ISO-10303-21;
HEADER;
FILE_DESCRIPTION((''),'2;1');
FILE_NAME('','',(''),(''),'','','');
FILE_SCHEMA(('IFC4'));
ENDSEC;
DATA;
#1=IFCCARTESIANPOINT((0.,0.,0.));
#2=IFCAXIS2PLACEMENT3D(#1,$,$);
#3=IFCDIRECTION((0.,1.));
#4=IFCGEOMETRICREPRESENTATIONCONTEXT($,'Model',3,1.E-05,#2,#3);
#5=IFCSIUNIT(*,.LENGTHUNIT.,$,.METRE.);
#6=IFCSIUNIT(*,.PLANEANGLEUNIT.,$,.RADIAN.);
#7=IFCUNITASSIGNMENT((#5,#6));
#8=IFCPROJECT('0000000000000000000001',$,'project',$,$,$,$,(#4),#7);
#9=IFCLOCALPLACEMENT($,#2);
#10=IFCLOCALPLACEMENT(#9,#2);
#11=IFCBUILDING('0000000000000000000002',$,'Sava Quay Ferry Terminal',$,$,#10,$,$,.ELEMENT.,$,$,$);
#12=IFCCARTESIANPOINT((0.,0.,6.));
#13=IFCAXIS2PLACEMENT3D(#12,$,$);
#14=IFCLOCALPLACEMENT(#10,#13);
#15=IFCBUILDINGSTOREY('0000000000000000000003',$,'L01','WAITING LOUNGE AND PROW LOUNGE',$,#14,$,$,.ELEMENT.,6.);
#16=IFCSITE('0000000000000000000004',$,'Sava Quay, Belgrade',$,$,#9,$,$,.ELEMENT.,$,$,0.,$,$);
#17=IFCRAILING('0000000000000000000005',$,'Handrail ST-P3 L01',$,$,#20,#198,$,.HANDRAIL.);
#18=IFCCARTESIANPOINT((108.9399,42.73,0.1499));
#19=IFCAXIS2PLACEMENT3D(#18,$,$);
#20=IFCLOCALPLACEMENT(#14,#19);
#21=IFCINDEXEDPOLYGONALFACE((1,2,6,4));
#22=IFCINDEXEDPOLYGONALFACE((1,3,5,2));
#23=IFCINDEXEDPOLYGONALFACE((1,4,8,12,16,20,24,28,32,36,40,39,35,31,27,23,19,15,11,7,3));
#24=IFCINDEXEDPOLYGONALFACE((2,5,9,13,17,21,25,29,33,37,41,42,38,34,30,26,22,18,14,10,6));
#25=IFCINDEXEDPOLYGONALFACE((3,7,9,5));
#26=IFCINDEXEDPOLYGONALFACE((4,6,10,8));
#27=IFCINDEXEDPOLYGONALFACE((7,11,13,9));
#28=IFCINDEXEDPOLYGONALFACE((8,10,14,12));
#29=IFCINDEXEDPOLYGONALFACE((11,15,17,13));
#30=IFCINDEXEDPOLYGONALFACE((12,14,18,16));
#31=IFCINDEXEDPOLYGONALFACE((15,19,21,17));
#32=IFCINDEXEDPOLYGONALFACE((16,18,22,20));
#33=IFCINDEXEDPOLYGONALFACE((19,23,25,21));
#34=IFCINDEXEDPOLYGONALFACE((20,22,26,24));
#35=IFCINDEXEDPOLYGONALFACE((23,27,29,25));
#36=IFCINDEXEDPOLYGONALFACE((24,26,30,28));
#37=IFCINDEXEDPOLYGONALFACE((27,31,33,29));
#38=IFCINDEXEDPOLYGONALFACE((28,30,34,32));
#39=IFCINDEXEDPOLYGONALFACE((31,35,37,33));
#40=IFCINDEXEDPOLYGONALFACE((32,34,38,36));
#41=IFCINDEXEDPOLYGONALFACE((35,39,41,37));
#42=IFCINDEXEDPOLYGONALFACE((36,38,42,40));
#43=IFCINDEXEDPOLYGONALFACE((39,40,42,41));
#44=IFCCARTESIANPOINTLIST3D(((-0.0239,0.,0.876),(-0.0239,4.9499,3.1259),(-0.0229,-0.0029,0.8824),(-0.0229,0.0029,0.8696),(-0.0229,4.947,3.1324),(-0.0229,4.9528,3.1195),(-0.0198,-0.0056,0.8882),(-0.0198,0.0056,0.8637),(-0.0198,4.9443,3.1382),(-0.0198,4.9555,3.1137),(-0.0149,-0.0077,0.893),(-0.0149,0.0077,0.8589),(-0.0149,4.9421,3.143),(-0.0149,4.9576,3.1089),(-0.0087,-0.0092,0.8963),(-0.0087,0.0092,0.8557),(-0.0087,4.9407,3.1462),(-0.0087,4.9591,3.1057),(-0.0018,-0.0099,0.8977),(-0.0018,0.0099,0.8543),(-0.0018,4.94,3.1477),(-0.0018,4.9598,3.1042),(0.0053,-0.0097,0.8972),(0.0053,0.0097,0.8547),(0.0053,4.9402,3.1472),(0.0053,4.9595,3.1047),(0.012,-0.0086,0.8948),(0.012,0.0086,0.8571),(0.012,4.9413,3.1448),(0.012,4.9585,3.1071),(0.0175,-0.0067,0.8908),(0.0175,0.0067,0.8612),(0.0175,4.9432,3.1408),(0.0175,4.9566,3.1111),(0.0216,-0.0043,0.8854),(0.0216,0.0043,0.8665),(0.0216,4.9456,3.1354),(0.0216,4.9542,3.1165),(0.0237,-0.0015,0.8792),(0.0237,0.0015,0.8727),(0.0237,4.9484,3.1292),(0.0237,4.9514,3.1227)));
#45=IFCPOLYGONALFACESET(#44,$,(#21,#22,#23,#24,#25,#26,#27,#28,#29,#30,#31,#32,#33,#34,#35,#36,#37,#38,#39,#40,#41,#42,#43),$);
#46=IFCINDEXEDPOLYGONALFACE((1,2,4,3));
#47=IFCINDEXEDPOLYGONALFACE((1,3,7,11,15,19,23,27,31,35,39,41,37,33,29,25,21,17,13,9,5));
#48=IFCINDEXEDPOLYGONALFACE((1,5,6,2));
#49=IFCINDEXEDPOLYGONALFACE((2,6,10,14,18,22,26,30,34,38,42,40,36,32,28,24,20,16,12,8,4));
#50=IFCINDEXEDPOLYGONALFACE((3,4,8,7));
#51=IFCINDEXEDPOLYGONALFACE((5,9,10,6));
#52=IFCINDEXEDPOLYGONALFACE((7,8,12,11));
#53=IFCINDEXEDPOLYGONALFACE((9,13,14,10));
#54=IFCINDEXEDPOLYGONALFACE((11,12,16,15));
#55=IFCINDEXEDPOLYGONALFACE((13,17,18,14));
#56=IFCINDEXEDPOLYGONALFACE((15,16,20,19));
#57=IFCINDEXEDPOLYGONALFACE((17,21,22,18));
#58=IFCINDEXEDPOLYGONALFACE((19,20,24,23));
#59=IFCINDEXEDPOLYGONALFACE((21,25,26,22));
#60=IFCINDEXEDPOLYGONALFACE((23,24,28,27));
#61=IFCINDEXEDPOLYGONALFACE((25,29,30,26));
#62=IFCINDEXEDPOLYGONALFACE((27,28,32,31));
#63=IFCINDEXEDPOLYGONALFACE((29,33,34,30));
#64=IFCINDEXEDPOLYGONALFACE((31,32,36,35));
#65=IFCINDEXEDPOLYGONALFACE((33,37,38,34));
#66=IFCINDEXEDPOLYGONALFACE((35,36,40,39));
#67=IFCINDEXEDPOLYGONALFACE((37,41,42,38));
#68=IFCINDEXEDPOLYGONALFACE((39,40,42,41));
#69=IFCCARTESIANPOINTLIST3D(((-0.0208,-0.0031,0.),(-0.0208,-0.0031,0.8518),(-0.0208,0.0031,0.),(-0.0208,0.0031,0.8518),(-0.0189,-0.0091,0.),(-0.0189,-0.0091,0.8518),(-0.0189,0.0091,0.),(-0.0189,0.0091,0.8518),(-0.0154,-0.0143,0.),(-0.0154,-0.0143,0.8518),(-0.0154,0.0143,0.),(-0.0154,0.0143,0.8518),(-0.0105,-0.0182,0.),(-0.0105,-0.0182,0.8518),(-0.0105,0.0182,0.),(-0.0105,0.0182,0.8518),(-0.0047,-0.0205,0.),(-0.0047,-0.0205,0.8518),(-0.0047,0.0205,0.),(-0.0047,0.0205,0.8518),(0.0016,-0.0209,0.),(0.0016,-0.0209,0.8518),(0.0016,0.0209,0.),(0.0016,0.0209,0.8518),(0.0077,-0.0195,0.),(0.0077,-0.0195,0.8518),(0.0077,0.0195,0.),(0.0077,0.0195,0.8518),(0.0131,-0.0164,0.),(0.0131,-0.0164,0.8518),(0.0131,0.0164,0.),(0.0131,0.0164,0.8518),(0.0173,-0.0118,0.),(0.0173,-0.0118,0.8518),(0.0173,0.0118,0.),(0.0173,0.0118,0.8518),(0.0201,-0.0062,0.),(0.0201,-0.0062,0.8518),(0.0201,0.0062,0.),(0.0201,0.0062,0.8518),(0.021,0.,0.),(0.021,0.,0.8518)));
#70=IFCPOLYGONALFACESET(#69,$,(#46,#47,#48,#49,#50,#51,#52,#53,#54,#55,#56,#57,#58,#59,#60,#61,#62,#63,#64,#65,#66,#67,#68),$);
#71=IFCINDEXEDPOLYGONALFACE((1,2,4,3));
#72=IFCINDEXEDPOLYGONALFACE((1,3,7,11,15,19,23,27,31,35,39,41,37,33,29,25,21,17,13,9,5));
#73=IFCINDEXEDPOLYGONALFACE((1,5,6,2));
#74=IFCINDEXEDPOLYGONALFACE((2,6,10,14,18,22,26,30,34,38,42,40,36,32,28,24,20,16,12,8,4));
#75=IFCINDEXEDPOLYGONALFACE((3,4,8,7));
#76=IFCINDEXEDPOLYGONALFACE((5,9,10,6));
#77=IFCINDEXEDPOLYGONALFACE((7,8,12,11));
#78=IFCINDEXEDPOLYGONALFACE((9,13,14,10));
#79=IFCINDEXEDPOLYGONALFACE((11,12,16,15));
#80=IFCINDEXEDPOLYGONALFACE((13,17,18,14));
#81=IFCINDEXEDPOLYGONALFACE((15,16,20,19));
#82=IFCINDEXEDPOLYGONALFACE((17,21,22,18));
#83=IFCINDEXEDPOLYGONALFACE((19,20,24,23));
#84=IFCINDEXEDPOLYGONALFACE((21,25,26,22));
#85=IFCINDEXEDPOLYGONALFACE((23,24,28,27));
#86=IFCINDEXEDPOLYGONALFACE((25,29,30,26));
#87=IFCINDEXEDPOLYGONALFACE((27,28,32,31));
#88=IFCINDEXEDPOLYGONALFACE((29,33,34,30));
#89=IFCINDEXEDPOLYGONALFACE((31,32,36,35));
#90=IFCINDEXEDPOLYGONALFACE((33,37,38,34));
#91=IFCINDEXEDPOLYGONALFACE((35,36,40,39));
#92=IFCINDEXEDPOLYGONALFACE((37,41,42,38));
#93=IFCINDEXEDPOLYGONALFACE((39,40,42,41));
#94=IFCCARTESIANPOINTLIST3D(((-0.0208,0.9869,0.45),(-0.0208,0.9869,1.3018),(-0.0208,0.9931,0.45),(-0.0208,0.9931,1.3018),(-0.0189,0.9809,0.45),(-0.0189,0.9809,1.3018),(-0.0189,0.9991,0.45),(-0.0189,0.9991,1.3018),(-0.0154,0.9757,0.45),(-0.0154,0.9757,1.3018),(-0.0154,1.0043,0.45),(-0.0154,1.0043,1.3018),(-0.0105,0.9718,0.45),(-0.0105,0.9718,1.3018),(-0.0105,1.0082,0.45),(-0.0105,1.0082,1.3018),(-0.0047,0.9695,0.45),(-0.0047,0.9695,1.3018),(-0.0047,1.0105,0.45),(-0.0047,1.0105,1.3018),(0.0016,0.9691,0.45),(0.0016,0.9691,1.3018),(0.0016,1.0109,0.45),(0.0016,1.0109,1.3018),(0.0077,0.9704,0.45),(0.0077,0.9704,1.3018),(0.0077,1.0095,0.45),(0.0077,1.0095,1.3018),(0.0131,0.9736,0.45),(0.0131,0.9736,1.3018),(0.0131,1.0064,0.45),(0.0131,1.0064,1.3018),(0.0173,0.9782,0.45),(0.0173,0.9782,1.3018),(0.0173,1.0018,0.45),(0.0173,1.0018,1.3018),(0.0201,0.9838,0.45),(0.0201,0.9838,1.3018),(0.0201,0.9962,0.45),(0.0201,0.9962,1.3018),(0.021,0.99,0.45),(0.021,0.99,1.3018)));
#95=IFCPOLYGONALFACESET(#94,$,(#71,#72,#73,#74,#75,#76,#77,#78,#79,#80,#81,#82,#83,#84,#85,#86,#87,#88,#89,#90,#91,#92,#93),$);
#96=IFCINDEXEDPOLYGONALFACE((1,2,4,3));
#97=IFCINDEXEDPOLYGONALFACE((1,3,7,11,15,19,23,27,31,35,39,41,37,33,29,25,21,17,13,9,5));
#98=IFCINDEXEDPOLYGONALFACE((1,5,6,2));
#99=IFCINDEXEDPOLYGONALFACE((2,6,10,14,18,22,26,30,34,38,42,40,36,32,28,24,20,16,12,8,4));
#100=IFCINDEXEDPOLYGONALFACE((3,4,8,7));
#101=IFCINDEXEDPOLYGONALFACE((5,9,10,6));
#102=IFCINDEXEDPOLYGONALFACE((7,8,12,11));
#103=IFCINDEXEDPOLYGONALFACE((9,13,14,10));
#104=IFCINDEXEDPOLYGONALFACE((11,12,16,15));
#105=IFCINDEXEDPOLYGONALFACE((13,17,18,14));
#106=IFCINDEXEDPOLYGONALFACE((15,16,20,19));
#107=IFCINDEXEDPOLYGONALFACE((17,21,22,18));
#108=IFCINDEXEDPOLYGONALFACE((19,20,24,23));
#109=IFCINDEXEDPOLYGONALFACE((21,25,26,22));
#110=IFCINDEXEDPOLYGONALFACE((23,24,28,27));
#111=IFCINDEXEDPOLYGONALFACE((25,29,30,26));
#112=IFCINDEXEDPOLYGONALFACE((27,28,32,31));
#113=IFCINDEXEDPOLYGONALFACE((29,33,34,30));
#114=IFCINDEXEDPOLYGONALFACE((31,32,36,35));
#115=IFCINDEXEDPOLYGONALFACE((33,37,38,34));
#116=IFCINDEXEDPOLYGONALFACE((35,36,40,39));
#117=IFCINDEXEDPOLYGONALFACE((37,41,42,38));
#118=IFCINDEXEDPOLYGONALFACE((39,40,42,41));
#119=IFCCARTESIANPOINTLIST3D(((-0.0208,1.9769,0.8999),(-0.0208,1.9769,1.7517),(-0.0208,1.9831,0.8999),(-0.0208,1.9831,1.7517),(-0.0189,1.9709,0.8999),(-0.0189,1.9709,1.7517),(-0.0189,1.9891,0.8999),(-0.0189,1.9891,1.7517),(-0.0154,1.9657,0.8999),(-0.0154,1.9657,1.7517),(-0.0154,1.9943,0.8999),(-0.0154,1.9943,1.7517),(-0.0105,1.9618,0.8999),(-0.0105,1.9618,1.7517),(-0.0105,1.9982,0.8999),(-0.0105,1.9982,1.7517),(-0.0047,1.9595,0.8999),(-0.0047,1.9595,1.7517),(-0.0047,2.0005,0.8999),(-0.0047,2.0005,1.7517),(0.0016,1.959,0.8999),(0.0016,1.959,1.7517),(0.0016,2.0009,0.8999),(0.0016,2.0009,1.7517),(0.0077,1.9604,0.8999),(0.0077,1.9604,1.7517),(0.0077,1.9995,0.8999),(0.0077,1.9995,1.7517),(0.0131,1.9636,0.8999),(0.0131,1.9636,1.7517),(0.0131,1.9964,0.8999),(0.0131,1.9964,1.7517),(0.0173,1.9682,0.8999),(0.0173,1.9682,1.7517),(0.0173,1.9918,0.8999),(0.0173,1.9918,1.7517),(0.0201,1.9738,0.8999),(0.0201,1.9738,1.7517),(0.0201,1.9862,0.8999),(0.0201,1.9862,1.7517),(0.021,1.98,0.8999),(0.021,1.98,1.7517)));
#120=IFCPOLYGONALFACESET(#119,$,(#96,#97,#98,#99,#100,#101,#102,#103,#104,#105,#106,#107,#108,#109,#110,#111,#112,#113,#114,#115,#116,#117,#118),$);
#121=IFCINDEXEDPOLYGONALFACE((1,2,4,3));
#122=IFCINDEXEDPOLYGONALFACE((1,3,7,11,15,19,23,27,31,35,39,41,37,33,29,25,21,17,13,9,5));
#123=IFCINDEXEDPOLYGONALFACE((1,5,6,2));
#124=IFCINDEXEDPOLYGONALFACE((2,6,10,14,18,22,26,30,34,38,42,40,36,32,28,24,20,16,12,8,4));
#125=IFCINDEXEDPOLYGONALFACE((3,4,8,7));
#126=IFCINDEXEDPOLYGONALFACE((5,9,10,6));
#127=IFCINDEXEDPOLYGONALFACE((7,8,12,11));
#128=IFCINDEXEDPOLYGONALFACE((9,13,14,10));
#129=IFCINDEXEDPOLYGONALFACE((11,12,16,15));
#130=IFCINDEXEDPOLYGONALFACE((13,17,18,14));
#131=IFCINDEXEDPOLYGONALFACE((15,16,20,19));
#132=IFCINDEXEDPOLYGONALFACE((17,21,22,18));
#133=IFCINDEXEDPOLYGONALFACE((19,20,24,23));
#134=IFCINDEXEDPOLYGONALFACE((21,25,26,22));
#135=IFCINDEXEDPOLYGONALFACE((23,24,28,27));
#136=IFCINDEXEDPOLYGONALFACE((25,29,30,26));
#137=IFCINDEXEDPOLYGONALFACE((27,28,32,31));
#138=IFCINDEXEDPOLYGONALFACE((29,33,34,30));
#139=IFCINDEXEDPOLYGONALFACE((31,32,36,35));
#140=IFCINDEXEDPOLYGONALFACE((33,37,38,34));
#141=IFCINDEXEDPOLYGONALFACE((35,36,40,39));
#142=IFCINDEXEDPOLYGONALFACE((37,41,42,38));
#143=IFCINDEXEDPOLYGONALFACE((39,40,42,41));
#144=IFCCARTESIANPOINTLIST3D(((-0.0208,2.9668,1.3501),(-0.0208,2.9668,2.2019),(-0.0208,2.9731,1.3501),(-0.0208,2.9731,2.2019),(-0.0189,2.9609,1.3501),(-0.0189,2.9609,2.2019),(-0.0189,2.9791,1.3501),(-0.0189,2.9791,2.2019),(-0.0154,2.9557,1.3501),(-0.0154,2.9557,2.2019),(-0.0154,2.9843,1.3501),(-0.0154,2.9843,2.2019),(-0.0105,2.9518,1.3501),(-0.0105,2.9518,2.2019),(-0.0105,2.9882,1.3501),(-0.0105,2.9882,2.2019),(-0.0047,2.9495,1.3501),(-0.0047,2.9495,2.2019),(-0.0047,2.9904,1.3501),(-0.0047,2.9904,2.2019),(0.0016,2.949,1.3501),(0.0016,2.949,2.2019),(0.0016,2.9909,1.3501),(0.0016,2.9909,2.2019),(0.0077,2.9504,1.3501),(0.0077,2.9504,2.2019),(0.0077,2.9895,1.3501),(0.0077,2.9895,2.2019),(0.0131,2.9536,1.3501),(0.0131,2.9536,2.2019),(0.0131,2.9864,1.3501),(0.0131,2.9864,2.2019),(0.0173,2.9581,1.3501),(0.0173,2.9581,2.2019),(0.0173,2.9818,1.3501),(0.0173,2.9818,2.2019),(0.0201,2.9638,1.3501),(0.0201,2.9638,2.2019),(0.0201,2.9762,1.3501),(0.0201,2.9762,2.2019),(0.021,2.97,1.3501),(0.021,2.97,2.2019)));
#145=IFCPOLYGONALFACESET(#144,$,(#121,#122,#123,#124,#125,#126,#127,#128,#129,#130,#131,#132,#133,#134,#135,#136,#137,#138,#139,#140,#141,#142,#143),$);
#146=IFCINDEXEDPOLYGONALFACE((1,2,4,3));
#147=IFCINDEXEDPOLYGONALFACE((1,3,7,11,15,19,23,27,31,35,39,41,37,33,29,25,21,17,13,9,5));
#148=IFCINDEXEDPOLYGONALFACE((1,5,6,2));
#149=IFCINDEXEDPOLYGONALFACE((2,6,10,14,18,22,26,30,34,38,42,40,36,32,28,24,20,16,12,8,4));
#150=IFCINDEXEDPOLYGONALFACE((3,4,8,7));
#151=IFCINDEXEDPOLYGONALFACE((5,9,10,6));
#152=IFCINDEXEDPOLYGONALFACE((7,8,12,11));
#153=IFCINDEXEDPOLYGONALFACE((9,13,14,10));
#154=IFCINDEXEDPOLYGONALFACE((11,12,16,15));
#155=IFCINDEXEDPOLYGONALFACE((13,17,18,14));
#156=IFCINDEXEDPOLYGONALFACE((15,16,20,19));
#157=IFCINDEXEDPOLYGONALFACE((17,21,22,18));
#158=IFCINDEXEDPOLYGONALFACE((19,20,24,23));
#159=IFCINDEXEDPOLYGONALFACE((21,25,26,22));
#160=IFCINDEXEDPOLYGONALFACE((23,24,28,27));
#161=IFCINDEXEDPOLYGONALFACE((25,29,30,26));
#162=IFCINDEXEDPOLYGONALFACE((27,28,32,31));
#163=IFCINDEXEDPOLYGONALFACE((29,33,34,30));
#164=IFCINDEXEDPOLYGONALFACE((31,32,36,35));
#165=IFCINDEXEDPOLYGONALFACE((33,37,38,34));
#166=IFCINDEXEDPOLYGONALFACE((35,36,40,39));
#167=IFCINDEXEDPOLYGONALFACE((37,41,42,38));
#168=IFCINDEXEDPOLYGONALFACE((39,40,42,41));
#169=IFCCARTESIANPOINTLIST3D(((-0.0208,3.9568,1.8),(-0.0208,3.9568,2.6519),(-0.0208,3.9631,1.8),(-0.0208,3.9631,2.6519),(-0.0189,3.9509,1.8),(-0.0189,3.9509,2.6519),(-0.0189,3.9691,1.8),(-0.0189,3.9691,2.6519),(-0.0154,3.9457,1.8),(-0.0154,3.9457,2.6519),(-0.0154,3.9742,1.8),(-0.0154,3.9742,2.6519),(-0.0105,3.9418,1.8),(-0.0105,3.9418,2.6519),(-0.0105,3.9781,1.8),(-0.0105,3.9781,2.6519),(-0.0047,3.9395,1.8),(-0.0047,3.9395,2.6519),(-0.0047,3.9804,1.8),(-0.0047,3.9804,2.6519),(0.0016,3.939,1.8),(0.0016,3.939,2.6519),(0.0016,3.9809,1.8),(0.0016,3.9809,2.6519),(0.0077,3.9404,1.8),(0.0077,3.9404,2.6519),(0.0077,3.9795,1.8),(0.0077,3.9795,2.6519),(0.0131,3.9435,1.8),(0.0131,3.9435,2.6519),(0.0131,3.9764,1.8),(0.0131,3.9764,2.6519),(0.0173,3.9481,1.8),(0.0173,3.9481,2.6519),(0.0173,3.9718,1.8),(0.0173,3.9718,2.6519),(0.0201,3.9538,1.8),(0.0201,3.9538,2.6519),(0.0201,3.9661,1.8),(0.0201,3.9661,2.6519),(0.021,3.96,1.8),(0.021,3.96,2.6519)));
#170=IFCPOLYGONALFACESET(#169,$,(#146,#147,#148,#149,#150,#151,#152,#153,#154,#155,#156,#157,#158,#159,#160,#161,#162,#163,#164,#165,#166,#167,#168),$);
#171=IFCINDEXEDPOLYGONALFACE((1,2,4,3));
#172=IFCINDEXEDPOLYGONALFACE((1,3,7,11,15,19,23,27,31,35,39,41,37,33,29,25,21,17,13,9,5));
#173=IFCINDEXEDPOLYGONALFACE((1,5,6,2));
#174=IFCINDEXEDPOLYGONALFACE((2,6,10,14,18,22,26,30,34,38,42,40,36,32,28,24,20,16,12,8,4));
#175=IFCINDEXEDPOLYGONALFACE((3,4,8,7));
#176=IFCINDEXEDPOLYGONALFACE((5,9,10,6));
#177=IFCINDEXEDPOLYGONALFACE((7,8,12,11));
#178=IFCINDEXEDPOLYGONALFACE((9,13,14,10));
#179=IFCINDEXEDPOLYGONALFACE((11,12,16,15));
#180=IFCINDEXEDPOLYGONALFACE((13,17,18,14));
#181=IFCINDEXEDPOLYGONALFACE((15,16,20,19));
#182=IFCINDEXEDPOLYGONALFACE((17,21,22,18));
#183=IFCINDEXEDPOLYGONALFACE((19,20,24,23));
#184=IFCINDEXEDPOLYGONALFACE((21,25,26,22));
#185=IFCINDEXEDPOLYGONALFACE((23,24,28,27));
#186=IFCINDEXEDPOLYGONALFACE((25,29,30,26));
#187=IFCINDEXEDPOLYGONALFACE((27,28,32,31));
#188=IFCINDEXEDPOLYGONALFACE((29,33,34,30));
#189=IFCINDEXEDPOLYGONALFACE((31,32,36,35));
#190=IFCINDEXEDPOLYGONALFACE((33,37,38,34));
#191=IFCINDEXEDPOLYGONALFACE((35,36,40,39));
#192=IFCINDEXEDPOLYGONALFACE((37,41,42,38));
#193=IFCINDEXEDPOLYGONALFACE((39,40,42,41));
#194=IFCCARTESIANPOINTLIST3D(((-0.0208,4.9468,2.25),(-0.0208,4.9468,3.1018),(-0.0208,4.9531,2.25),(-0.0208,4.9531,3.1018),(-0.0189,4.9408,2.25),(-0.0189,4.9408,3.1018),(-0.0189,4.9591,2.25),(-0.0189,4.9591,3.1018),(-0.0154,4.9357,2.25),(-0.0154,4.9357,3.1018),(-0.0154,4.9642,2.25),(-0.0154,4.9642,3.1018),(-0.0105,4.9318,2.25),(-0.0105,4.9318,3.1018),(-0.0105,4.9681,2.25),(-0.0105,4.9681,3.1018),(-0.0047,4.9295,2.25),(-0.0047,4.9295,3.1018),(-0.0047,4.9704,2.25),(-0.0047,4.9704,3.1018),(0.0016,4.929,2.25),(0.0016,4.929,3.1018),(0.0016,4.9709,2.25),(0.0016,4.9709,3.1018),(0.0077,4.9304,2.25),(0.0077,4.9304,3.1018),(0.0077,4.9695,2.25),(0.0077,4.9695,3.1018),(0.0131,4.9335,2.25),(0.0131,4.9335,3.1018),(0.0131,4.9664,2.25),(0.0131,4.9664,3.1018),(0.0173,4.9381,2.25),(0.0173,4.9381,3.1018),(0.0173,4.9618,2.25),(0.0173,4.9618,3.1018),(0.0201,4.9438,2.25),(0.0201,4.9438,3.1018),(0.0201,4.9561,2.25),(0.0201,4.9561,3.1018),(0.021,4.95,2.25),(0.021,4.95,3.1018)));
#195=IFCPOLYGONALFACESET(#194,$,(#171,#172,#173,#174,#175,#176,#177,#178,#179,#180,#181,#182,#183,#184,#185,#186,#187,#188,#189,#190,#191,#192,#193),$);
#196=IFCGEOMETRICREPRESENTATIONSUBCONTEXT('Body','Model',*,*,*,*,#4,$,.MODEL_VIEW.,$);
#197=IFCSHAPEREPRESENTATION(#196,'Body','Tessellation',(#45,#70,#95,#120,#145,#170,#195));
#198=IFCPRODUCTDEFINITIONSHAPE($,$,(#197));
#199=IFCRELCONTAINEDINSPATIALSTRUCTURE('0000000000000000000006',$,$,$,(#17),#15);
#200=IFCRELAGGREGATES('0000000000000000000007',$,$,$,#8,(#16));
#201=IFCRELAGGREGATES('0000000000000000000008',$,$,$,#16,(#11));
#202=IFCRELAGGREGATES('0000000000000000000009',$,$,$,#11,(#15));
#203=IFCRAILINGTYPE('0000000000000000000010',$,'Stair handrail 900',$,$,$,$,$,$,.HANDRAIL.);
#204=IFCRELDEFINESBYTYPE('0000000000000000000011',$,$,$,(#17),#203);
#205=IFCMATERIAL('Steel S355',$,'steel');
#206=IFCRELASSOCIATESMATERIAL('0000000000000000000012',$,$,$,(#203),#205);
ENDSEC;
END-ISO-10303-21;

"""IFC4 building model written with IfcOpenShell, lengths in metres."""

from ifc_helpers import new_model, si_unit, direction, frame, origin, origin_2d, place, context, subcontext, project, spatial, circle, extrude, material, type_object, element, save


model = new_model("IFC4")

# Units and contexts
model_context = context("Model", 3, precision=1e-05, world=origin(), true_north=direction((0.0, 1.0)))
body_context = subcontext(model_context, "Body", "Model", "MODEL_VIEW")
ifc_project = project(units=[si_unit("LENGTHUNIT", "METRE"), si_unit("PLANEANGLEUNIT", "RADIAN")], contexts=[model_context])

# Site, building, storey
site_placement = place(None, origin())
site = spatial("IfcSite", under=ifc_project, at=site_placement, Name="Sava Quay, Belgrade", CompositionType="ELEMENT", RefElevation=0.0)
building_placement = place(site_placement, origin())
building = spatial("IfcBuilding", under=site, at=building_placement, Name="Sava Quay Ferry Terminal", CompositionType="ELEMENT")
storey_placement = place(building_placement, frame((0.0, 0.0, 6.0)))
storey = spatial("IfcBuildingStorey", under=building, at=storey_placement, Name="L01", Description="WAITING LOUNGE AND PROW LOUNGE", CompositionType="ELEMENT", Elevation=6.0)

# Railing
ifc_material_1 = material(Name="Steel S355", Category="steel")
railing_type_1 = type_object("IfcRailingType", Name="Stair handrail 900", PredefinedType="HANDRAIL", material=ifc_material_1)
railing_1_placement = place(storey_placement, frame((108.9399, 42.73, 0.1499)))
element("IfcRailing", 1, at=railing_1_placement, inside=storey, type_object=railing_type_1, Name="Handrail ST-P3 L01", PredefinedType="HANDRAIL", context=body_context, shape_type="SweptSolid", body=[
    extrude(circle(Radius=0.0239, at=origin_2d()), frame((0.0, 0.0, 0.876), z_axis=(0.0, 0.910365, 0.413806), x_axis=(-1.0, 0.0, 0.0)), (0.0, 0.0, 1.0), 5.4373),
    extrude(circle(Radius=0.021, at=origin_2d()), origin(), (0.0, 0.0, 1.0), 0.8518),
    extrude(circle(Radius=0.021, at=origin_2d()), frame((0.0, 0.99, 0.45)), (0.0, 0.0, 1.0), 0.8518),
    extrude(circle(Radius=0.021, at=origin_2d()), frame((0.0, 1.98, 0.8999)), (0.0, 0.0, 1.0), 0.8518),
    extrude(circle(Radius=0.021, at=origin_2d()), frame((0.0, 2.97, 1.3501)), (0.0, 0.0, 1.0), 0.8518),
    extrude(circle(Radius=0.021, at=origin_2d()), frame((0.0, 3.96, 1.8)), (0.0, 0.0, 1.0), 0.8518),
    extrude(circle(Radius=0.021, at=origin_2d()), frame((0.0, 4.95, 2.25)), (0.0, 0.0, 1.0), 0.8518),
])

save(model, "model.ifc")
